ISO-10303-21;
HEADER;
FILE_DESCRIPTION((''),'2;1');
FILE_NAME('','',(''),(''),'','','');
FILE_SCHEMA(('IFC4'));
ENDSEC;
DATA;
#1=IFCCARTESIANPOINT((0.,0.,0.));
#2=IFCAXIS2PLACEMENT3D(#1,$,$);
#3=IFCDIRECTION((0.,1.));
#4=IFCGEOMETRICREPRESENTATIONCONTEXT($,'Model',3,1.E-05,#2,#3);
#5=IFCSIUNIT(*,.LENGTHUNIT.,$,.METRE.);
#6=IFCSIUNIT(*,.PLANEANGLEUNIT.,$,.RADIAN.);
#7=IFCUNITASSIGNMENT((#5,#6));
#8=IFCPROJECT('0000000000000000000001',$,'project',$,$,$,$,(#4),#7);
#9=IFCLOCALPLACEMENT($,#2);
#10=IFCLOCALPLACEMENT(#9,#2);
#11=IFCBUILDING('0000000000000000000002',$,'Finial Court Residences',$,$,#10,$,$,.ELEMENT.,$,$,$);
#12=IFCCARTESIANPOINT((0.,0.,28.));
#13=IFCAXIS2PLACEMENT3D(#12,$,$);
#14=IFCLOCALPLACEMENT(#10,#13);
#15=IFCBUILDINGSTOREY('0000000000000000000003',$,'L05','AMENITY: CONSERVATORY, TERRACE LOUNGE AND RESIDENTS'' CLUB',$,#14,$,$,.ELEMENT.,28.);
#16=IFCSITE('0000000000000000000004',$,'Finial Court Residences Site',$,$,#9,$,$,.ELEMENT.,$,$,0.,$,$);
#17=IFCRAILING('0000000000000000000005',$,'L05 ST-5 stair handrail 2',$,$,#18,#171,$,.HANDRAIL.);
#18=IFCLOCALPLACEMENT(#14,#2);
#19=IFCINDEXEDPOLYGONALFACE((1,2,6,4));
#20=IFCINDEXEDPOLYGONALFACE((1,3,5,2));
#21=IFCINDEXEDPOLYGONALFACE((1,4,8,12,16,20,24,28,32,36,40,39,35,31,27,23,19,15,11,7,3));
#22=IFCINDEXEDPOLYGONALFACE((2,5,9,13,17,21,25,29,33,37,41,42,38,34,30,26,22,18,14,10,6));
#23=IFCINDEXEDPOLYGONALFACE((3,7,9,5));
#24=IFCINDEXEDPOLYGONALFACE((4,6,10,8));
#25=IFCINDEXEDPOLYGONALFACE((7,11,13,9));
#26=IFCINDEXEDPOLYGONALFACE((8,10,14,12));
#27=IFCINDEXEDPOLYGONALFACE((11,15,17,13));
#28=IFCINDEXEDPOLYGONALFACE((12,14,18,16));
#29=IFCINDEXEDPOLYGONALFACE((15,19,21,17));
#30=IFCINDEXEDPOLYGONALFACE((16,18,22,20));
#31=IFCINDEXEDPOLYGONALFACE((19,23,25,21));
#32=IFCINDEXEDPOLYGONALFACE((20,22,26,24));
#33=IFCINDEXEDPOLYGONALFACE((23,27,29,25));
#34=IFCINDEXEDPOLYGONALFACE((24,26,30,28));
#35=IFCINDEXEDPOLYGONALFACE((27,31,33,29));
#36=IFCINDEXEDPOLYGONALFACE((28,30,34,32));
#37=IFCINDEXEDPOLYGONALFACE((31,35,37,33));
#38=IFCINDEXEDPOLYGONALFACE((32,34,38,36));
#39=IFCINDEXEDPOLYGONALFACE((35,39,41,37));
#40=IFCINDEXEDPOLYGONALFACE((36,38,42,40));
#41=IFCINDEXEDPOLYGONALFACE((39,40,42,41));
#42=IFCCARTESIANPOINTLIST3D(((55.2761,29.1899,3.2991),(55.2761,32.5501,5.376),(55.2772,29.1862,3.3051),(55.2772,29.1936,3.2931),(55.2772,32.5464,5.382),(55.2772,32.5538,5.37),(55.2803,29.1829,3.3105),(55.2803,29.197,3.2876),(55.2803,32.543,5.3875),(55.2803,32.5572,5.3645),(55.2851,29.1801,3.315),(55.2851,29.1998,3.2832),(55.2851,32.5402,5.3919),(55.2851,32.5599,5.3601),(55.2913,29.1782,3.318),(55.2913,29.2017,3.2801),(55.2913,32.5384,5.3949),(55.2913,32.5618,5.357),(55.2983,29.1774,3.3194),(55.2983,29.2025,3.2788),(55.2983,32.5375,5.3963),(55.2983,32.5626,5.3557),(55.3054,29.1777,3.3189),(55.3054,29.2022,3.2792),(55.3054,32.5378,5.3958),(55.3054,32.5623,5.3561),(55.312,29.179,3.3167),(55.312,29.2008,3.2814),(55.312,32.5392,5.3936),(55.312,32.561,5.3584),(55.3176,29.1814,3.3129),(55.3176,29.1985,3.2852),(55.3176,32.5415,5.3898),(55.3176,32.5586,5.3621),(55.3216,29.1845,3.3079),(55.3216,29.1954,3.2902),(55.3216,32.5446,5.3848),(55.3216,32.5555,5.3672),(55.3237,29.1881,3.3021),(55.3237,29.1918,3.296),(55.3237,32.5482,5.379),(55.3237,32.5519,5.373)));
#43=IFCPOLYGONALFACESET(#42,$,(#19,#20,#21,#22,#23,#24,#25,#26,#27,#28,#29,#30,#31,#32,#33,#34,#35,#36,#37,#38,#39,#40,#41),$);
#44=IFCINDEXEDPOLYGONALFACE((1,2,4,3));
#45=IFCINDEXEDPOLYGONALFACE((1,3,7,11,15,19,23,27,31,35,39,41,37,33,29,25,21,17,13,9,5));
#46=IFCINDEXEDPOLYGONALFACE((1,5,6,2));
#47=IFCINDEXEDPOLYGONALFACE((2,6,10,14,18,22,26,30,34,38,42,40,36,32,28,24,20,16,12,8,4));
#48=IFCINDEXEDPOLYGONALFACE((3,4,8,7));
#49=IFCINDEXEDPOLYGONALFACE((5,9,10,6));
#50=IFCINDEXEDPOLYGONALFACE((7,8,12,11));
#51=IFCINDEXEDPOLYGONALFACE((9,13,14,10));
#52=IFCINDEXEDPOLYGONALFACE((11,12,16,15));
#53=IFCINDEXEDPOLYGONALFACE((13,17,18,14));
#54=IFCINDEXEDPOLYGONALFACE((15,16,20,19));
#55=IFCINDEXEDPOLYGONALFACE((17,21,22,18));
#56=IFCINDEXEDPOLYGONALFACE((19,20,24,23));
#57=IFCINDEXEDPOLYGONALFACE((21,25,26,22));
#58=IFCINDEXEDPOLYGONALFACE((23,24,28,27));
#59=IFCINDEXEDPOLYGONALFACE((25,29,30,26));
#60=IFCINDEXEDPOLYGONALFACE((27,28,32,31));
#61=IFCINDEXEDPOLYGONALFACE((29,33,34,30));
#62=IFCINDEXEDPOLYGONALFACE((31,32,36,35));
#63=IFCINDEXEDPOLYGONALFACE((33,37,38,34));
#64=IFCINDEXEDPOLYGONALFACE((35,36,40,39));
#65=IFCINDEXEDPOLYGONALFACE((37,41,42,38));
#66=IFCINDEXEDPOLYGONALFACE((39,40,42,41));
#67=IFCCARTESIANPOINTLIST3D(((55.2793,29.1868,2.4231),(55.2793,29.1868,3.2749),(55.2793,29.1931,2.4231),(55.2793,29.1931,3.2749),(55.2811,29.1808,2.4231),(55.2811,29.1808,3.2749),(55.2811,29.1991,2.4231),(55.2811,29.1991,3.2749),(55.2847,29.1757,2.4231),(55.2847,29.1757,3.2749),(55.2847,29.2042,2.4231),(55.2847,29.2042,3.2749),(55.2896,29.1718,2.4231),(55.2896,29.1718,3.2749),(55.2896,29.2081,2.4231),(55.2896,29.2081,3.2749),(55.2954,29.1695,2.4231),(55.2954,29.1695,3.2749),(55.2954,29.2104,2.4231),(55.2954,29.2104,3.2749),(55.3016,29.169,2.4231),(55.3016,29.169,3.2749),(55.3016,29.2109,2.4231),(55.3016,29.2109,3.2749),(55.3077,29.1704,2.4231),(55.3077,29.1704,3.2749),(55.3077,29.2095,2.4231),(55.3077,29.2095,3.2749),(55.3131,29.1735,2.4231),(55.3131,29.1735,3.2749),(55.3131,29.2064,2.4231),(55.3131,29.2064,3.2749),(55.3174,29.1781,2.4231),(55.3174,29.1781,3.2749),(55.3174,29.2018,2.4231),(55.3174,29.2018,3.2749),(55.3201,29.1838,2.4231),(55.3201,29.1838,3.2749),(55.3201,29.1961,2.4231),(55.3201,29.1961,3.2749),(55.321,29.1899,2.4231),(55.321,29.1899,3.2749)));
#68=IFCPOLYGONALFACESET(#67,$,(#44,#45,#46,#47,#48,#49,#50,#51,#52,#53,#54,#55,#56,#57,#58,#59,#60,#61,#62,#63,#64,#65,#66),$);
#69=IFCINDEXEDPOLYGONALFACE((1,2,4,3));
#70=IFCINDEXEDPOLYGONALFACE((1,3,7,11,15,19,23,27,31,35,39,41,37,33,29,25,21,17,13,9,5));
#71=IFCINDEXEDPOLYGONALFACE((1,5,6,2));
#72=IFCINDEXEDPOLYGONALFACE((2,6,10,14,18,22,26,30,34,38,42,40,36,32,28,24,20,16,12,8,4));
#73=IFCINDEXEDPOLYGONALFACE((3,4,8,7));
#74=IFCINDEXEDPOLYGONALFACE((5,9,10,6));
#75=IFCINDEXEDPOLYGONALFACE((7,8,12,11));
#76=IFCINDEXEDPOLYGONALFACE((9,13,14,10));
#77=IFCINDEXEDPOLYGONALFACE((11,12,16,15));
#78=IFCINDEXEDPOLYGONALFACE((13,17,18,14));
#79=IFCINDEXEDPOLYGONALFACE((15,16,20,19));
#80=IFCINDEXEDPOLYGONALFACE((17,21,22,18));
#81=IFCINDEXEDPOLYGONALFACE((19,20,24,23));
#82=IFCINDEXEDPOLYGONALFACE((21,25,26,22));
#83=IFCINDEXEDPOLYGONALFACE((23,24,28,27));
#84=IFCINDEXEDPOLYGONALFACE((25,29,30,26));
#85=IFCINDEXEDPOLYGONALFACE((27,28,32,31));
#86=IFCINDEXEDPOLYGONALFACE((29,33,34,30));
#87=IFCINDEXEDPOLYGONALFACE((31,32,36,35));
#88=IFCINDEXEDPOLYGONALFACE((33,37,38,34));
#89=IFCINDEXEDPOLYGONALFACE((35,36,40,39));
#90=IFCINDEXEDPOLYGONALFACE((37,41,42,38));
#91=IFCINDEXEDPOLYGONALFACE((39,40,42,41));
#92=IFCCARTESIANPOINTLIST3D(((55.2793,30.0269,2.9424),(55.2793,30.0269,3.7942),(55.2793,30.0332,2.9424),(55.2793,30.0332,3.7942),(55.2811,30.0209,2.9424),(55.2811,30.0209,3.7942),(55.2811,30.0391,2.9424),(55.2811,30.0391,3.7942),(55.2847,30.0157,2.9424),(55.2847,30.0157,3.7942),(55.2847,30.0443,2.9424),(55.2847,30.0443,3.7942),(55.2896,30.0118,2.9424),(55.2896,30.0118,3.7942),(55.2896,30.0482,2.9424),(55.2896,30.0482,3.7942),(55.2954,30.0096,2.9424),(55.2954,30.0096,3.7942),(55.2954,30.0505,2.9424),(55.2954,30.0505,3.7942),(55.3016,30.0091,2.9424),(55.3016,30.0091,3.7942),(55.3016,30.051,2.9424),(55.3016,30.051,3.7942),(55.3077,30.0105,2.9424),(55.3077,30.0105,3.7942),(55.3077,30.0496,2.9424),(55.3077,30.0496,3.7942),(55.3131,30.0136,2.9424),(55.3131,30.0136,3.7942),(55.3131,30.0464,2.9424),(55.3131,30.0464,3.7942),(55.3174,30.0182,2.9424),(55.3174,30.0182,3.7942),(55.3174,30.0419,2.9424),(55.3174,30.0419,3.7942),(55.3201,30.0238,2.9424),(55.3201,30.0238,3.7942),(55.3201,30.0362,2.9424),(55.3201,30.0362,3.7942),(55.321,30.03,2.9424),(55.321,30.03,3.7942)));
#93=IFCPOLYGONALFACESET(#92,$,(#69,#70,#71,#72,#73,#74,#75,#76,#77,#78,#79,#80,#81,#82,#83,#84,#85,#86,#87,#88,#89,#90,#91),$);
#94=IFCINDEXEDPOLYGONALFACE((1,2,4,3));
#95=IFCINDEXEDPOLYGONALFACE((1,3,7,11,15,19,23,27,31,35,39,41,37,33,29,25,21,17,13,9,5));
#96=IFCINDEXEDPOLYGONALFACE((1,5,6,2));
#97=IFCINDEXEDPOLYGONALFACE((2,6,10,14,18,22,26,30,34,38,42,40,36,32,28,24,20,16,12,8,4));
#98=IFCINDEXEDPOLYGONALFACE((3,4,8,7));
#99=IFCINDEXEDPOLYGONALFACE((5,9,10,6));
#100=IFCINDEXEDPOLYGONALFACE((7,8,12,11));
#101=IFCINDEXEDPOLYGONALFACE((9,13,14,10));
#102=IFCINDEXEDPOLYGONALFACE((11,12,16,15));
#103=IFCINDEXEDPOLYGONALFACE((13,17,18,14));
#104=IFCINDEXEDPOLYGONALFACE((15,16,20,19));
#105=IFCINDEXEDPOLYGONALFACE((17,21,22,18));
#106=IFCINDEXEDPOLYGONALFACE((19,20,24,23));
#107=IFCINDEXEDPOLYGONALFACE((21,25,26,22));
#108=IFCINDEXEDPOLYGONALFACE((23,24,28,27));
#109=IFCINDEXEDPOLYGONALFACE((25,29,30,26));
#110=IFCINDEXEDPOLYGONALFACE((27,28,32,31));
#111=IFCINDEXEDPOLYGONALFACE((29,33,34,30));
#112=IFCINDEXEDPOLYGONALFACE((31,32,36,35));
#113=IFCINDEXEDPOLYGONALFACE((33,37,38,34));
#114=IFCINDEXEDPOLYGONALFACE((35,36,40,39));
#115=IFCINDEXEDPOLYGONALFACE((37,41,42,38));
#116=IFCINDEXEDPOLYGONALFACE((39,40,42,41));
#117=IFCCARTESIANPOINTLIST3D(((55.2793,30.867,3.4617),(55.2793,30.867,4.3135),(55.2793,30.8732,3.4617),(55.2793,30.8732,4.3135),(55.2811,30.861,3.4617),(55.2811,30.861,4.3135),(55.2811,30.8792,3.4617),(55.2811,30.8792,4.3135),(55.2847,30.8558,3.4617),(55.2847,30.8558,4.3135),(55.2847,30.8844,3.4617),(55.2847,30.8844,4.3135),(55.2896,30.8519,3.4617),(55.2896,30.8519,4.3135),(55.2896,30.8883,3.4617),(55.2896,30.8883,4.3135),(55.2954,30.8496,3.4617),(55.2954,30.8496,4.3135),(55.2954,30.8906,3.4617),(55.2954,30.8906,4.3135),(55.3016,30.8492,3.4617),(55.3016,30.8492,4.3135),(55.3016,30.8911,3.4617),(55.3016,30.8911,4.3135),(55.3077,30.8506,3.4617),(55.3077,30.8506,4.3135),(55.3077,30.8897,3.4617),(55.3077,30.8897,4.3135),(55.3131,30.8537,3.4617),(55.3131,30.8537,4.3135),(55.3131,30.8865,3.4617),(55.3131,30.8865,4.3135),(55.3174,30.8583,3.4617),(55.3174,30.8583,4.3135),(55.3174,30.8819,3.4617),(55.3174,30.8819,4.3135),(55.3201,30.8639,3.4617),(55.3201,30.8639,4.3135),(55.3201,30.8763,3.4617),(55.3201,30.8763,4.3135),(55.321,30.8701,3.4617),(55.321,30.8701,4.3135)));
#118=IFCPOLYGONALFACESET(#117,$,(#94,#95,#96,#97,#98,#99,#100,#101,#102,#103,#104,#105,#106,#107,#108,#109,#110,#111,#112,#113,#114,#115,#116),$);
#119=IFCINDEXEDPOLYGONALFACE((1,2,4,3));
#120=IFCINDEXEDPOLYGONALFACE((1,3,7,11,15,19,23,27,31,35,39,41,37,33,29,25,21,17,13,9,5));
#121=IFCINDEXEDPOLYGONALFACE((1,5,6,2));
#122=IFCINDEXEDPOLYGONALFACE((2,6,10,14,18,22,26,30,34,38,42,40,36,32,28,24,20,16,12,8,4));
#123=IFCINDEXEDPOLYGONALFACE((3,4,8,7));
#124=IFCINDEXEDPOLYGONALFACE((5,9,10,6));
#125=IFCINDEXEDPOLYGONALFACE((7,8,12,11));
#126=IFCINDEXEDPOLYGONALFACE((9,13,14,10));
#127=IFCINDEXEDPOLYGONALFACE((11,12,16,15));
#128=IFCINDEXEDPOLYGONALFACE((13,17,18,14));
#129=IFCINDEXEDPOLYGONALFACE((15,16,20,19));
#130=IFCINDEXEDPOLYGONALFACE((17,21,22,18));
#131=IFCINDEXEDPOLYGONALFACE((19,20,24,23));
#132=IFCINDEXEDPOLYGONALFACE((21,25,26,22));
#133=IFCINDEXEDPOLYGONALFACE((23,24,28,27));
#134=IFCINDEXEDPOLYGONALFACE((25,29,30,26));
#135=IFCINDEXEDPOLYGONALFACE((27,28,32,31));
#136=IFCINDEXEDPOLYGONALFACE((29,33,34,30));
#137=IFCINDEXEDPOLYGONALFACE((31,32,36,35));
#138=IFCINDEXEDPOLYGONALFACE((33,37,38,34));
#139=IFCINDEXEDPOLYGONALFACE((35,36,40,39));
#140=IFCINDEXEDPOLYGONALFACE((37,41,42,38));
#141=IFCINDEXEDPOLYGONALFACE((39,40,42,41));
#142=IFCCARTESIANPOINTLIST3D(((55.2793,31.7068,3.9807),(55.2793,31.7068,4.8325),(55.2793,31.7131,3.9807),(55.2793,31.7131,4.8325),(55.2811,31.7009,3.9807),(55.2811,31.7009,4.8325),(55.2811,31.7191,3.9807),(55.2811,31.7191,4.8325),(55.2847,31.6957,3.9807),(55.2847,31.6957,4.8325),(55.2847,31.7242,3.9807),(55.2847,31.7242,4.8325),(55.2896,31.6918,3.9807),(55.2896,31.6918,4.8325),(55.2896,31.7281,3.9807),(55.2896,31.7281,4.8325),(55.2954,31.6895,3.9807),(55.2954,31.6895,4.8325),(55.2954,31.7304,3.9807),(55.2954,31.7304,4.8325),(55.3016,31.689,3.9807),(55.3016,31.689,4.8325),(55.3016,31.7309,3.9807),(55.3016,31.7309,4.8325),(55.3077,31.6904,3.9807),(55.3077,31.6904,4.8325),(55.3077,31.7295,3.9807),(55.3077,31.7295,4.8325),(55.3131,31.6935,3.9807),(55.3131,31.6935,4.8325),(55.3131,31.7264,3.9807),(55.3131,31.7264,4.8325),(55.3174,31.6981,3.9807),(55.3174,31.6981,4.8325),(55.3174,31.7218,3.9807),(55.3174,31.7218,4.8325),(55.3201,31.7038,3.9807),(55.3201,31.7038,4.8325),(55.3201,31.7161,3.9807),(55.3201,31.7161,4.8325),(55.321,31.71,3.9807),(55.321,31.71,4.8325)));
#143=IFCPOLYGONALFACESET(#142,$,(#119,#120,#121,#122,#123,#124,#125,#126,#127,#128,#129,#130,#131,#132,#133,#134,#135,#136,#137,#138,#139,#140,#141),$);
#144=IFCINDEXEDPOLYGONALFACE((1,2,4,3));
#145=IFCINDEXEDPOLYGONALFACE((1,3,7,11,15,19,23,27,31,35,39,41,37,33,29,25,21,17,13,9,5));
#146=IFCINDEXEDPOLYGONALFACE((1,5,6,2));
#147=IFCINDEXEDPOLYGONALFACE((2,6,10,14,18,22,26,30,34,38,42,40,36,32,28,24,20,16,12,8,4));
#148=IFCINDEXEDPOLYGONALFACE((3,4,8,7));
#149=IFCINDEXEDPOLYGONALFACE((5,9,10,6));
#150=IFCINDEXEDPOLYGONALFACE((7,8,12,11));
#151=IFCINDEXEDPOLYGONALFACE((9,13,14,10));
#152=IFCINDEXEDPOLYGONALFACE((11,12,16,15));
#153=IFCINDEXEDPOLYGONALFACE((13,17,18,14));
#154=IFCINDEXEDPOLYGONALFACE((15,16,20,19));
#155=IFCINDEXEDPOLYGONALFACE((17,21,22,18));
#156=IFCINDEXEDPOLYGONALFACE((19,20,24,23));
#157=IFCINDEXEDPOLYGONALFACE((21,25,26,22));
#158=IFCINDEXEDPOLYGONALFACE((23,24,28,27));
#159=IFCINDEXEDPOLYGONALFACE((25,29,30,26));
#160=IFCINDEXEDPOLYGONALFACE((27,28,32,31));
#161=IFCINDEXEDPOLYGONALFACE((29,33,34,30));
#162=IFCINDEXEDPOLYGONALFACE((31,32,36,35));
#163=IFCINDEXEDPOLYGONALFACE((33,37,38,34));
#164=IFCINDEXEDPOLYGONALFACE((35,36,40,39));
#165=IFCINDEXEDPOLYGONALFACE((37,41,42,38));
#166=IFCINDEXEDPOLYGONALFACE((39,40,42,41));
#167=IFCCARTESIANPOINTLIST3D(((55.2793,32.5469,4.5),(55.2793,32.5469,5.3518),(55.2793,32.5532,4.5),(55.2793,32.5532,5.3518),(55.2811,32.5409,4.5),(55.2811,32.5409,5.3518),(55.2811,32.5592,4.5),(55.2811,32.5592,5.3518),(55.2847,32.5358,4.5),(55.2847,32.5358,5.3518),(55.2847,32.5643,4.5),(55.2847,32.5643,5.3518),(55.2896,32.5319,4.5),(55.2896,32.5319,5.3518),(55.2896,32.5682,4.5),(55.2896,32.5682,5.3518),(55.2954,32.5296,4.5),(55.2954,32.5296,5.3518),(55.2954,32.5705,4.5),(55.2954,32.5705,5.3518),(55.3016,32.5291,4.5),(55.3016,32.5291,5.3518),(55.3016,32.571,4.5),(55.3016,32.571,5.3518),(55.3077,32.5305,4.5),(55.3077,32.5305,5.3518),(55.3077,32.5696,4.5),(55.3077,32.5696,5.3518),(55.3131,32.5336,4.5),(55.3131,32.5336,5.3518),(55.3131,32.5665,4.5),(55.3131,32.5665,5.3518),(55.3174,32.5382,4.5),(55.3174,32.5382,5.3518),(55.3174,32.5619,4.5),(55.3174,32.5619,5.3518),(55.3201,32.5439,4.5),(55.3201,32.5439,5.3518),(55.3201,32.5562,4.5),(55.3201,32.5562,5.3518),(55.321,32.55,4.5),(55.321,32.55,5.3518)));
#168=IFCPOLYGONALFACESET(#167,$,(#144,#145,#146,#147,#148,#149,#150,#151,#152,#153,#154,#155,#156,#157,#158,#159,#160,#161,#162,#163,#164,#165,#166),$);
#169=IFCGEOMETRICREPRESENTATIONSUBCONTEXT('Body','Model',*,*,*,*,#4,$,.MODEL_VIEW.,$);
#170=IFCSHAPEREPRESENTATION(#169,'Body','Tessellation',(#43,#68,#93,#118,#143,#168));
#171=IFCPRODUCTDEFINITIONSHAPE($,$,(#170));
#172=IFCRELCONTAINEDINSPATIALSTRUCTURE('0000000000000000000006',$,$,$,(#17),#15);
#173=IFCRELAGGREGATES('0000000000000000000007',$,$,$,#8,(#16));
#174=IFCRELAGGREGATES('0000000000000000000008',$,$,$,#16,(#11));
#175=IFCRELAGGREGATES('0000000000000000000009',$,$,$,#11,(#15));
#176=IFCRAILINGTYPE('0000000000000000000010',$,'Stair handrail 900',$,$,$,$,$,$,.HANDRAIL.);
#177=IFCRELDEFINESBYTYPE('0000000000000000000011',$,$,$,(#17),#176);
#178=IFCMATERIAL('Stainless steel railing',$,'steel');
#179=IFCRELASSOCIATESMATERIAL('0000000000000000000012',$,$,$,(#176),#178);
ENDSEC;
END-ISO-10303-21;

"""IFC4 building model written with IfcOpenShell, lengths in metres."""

from ifc_helpers import new_model, si_unit, direction, frame, origin, origin_2d, place, context, subcontext, project, spatial, circle, extrude, material, type_object, element, save


model = new_model("IFC4")

# Units and contexts
model_context = context("Model", 3, precision=1e-05, world=origin(), true_north=direction((0.0, 1.0)))
body_context = subcontext(model_context, "Body", "Model", "MODEL_VIEW")
ifc_project = project(units=[si_unit("LENGTHUNIT", "METRE"), si_unit("PLANEANGLEUNIT", "RADIAN")], contexts=[model_context])

# Site, building, storey
site_placement = place(None, origin())
site = spatial("IfcSite", under=ifc_project, at=site_placement, Name="Finial Court Residences Site", CompositionType="ELEMENT", RefElevation=0.0)
building_placement = place(site_placement, origin())
building = spatial("IfcBuilding", under=site, at=building_placement, Name="Finial Court Residences", CompositionType="ELEMENT")
storey_placement = place(building_placement, frame((0.0, 0.0, 28.0)))
storey = spatial("IfcBuildingStorey", under=building, at=storey_placement, Name="L05", Description="AMENITY: CONSERVATORY, TERRACE LOUNGE AND RESIDENTS' CLUB", CompositionType="ELEMENT", Elevation=28.0)

# Railing
ifc_material_1 = material(Name="Stainless steel railing", Category="steel")
railing_type_1 = type_object("IfcRailingType", Name="Stair handrail 900", PredefinedType="HANDRAIL", material=ifc_material_1)
railing_1_placement = place(storey_placement, frame((55.3, 29.1899, 2.4231)))
element("IfcRailing", 1, at=railing_1_placement, inside=storey, type_object=railing_type_1, Name="L05 ST-5 stair handrail 2", PredefinedType="HANDRAIL", context=body_context, shape_type="SweptSolid", body=[
    extrude(circle(Radius=0.0239, at=origin_2d()), frame((0.0, 0.0, 0.876), z_axis=(0.0, 0.850623, 0.525776), x_axis=(-1.0, 0.0, 0.0)), (0.0, 0.0, 1.0), 3.9502),
    extrude(circle(Radius=0.021, at=origin_2d()), origin(), (0.0, 0.0, 1.0), 0.8518),
    extrude(circle(Radius=0.021, at=origin_2d()), frame((0.0, 0.8401, 0.5193)), (0.0, 0.0, 1.0), 0.8518),
    extrude(circle(Radius=0.021, at=origin_2d()), frame((0.0, 1.6802, 1.0386)), (0.0, 0.0, 1.0), 0.8518),
    extrude(circle(Radius=0.021, at=origin_2d()), frame((0.0, 2.52, 1.5576)), (0.0, 0.0, 1.0), 0.8518),
    extrude(circle(Radius=0.021, at=origin_2d()), frame((0.0, 3.3601, 2.0769)), (0.0, 0.0, 1.0), 0.8518),
])

save(model, "model.ifc")
